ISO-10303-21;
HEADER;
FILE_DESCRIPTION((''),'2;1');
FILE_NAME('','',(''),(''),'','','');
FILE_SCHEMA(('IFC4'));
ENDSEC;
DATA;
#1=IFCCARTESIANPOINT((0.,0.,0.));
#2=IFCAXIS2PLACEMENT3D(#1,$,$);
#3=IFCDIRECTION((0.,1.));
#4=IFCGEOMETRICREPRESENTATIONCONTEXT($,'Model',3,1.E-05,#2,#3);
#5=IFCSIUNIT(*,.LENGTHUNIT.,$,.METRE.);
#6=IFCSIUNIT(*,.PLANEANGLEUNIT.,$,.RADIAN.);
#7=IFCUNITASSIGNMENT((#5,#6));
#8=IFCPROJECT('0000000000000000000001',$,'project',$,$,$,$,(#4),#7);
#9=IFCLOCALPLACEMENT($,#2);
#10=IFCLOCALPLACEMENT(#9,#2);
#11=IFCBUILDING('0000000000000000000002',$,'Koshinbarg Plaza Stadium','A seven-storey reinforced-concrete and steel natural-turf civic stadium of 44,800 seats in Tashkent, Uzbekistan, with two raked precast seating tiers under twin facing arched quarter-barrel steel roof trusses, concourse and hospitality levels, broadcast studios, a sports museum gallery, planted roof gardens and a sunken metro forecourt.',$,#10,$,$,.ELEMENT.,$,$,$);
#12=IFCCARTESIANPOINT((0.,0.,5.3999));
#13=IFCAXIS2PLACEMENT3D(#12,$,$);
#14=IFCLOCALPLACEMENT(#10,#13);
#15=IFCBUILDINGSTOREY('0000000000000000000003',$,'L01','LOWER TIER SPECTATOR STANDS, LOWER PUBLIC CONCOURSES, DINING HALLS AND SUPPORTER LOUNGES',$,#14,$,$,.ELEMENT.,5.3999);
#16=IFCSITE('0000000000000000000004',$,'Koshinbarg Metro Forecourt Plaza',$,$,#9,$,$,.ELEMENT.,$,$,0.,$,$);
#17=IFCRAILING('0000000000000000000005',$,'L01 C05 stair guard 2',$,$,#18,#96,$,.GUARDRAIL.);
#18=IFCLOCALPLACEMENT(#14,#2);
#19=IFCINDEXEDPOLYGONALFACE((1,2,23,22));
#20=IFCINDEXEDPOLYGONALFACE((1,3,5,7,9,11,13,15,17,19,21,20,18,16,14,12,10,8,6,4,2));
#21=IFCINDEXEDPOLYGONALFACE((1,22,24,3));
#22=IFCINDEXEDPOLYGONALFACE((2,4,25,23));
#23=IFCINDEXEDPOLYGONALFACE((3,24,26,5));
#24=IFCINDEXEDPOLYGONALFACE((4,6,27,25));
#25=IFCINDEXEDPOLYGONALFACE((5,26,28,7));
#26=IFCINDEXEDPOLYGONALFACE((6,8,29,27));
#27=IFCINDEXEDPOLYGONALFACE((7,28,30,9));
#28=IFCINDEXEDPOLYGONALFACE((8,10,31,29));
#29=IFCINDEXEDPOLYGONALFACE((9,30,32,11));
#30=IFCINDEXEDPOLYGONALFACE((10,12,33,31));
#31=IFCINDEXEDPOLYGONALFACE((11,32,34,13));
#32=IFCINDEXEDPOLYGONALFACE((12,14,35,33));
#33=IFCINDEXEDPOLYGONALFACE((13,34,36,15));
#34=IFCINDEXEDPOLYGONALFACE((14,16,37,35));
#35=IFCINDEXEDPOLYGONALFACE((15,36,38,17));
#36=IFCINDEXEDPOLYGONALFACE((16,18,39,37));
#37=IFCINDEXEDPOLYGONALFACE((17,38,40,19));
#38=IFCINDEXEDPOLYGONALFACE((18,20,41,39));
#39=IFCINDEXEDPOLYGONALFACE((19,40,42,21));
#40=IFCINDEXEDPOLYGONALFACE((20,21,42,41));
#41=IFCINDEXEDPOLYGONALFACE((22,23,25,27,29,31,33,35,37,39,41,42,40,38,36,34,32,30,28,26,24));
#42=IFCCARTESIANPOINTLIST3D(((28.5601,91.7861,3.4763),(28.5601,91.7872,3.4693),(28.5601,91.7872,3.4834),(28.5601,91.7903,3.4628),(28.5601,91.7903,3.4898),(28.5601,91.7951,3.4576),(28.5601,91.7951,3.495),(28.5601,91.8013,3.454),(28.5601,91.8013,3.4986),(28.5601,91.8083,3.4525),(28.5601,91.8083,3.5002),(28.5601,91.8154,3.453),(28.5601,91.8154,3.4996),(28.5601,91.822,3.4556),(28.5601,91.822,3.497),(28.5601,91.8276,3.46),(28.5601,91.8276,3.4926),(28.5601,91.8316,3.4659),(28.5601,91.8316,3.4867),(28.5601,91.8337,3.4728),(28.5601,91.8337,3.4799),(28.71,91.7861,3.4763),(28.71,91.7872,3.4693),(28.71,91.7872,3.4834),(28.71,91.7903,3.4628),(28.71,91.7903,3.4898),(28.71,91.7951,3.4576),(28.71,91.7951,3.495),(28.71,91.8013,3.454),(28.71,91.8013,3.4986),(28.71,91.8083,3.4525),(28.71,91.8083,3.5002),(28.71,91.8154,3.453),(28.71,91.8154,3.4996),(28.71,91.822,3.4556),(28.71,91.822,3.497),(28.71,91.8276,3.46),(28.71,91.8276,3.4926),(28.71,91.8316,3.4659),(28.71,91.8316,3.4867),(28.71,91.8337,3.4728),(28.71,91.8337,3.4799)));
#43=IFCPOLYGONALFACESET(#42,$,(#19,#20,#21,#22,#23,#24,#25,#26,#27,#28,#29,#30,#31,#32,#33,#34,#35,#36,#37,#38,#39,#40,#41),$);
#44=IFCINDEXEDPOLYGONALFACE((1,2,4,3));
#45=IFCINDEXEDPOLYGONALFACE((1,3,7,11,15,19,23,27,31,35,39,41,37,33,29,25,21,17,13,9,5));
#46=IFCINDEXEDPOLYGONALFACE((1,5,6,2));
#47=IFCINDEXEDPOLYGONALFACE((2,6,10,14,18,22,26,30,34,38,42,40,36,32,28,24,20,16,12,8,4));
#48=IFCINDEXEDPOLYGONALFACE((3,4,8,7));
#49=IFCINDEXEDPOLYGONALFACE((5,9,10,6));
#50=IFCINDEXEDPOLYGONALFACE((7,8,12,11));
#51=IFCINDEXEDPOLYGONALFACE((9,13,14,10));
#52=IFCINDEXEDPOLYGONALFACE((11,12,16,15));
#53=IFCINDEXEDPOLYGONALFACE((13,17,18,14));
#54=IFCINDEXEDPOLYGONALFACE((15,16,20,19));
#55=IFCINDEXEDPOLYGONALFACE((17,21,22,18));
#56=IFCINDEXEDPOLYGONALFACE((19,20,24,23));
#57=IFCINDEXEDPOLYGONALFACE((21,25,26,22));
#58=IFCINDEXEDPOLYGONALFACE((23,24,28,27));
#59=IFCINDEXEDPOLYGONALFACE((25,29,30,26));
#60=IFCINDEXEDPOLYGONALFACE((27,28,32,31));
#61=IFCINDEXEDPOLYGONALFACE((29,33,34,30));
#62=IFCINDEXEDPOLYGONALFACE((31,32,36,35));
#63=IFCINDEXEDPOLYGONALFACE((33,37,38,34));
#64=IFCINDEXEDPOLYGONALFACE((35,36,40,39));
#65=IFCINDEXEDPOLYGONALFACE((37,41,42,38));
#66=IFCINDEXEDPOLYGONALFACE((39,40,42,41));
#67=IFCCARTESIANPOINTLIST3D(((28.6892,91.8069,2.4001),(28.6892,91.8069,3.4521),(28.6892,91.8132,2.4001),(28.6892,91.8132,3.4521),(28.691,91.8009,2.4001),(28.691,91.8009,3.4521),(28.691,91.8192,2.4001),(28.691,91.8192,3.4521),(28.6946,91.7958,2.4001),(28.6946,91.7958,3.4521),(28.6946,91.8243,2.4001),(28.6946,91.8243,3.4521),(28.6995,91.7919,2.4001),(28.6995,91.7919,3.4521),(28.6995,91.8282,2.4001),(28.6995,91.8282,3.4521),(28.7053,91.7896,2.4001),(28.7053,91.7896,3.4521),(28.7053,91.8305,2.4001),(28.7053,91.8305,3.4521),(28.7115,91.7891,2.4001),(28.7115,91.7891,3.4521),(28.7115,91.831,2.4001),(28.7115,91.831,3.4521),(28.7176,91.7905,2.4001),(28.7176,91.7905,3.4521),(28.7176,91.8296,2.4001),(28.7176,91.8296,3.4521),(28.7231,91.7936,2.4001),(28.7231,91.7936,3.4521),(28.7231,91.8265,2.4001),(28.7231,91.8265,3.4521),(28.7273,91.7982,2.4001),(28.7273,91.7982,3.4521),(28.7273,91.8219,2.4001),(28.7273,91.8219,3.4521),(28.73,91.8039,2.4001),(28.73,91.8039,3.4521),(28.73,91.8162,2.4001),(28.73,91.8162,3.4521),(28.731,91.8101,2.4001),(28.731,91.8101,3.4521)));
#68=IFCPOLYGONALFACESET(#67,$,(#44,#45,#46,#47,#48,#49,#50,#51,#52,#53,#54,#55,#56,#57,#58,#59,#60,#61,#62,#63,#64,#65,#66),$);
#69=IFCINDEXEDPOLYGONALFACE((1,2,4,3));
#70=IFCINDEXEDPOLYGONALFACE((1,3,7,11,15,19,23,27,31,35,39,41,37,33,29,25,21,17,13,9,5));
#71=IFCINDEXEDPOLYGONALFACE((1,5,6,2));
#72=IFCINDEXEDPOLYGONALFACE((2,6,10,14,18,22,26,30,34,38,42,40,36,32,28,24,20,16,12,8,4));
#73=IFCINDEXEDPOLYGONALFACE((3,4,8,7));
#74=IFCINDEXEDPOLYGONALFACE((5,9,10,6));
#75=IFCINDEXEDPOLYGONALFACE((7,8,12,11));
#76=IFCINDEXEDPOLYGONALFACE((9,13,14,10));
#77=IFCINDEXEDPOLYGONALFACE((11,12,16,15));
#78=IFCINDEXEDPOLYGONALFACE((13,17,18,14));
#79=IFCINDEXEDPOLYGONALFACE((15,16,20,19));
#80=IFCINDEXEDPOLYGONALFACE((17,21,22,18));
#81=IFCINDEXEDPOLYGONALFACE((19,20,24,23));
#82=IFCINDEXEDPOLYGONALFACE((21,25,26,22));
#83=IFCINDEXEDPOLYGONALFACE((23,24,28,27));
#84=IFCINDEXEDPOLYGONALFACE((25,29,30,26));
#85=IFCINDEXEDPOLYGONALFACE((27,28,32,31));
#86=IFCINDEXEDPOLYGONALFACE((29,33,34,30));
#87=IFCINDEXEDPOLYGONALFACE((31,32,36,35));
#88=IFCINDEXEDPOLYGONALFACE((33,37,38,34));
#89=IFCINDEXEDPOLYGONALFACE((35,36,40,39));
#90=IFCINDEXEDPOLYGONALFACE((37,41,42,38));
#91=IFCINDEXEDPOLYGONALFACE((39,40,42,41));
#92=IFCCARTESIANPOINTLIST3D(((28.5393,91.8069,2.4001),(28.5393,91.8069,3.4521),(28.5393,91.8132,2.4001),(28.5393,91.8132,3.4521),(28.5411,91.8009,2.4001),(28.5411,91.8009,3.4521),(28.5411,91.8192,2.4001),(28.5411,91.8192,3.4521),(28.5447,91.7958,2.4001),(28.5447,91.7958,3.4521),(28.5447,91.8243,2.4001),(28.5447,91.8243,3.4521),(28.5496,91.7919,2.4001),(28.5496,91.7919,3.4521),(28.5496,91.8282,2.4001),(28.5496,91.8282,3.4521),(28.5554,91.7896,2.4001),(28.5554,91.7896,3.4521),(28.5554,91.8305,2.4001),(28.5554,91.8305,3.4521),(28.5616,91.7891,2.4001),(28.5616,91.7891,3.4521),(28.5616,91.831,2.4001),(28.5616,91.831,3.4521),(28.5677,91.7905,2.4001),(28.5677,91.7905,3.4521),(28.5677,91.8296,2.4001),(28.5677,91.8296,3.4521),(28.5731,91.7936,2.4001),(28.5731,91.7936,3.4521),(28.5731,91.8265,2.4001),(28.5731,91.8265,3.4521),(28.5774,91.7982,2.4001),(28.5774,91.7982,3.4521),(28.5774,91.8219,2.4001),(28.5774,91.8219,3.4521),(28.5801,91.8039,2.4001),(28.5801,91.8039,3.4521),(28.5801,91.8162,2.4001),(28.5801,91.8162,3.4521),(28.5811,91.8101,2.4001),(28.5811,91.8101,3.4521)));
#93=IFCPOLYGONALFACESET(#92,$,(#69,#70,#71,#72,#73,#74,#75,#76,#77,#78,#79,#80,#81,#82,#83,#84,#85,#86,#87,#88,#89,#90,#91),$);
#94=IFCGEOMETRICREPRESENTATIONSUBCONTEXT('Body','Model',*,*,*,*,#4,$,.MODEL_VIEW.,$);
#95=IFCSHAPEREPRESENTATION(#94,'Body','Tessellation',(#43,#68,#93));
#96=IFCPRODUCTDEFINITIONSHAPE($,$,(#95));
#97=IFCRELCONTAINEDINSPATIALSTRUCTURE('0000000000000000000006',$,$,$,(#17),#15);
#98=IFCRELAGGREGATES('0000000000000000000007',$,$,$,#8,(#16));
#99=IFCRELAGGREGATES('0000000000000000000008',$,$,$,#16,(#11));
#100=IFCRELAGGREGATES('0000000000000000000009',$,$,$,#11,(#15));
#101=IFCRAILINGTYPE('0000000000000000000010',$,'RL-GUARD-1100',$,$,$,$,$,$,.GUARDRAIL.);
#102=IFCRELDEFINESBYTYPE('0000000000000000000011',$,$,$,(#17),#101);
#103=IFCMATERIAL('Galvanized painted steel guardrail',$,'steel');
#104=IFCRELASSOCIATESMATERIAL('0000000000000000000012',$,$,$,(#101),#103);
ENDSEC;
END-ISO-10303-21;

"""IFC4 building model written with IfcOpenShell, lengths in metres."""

from ifc_helpers import new_model, si_unit, direction, frame, origin, origin_2d, place, context, subcontext, project, spatial, circle, extrude, material, type_object, element, save


model = new_model("IFC4")

# Units and contexts
model_context = context("Model", 3, precision=1e-05, world=origin(), true_north=direction((0.0, 1.0)))
body_context = subcontext(model_context, "Body", "Model", "MODEL_VIEW")
ifc_project = project(units=[si_unit("LENGTHUNIT", "METRE"), si_unit("PLANEANGLEUNIT", "RADIAN")], contexts=[model_context])

# Site, building, storey
site_placement = place(None, origin())
site = spatial("IfcSite", under=ifc_project, at=site_placement, Name="Koshinbarg Metro Forecourt Plaza", CompositionType="ELEMENT", RefElevation=0.0)
building_placement = place(site_placement, origin())
building = spatial("IfcBuilding", under=site, at=building_placement, Name="Koshinbarg Plaza Stadium", Description="A seven-storey reinforced-concrete and steel natural-turf civic stadium of 44,800 seats in Tashkent, Uzbekistan, with two raked precast seating tiers under twin facing arched quarter-barrel steel roof trusses, concourse and hospitality levels, broadcast studios, a sports museum gallery, planted roof gardens and a sunken metro forecourt.", CompositionType="ELEMENT")
storey_placement = place(building_placement, frame((0.0, 0.0, 5.3999)))
storey = spatial("IfcBuildingStorey", under=building, at=storey_placement, Name="L01", Description="LOWER TIER SPECTATOR STANDS, LOWER PUBLIC CONCOURSES, DINING HALLS AND SUPPORTER LOUNGES", CompositionType="ELEMENT", Elevation=5.3999)

# Railing
ifc_material_1 = material(Name="Galvanized painted steel guardrail", Category="steel")
railing_type_1 = type_object("IfcRailingType", Name="RL-GUARD-1100", PredefinedType="GUARDRAIL", material=ifc_material_1)
railing_1_placement = place(storey_placement, frame((28.71, 91.8101, 2.4001)))
element("IfcRailing", 1, at=railing_1_placement, inside=storey, type_object=railing_type_1, Name="L01 C05 stair guard 2", PredefinedType="GUARDRAIL", context=body_context, shape_type="SweptSolid", body=[
    extrude(circle(Radius=0.0239, at=origin_2d()), frame((0.0, 0.0, 1.0762), z_axis=(-1.0, 0.0, 0.0), x_axis=(0.0, -1.0, 0.0)), (0.0, 0.0, 1.0), 0.1499),
    extrude(circle(Radius=0.021, at=origin_2d()), origin(), (0.0, 0.0, 1.0), 1.052),
    extrude(circle(Radius=0.021, at=origin_2d()), frame((-0.1499, 0.0, 0.0)), (0.0, 0.0, 1.0), 1.052),
])

save(model, "model.ifc")
